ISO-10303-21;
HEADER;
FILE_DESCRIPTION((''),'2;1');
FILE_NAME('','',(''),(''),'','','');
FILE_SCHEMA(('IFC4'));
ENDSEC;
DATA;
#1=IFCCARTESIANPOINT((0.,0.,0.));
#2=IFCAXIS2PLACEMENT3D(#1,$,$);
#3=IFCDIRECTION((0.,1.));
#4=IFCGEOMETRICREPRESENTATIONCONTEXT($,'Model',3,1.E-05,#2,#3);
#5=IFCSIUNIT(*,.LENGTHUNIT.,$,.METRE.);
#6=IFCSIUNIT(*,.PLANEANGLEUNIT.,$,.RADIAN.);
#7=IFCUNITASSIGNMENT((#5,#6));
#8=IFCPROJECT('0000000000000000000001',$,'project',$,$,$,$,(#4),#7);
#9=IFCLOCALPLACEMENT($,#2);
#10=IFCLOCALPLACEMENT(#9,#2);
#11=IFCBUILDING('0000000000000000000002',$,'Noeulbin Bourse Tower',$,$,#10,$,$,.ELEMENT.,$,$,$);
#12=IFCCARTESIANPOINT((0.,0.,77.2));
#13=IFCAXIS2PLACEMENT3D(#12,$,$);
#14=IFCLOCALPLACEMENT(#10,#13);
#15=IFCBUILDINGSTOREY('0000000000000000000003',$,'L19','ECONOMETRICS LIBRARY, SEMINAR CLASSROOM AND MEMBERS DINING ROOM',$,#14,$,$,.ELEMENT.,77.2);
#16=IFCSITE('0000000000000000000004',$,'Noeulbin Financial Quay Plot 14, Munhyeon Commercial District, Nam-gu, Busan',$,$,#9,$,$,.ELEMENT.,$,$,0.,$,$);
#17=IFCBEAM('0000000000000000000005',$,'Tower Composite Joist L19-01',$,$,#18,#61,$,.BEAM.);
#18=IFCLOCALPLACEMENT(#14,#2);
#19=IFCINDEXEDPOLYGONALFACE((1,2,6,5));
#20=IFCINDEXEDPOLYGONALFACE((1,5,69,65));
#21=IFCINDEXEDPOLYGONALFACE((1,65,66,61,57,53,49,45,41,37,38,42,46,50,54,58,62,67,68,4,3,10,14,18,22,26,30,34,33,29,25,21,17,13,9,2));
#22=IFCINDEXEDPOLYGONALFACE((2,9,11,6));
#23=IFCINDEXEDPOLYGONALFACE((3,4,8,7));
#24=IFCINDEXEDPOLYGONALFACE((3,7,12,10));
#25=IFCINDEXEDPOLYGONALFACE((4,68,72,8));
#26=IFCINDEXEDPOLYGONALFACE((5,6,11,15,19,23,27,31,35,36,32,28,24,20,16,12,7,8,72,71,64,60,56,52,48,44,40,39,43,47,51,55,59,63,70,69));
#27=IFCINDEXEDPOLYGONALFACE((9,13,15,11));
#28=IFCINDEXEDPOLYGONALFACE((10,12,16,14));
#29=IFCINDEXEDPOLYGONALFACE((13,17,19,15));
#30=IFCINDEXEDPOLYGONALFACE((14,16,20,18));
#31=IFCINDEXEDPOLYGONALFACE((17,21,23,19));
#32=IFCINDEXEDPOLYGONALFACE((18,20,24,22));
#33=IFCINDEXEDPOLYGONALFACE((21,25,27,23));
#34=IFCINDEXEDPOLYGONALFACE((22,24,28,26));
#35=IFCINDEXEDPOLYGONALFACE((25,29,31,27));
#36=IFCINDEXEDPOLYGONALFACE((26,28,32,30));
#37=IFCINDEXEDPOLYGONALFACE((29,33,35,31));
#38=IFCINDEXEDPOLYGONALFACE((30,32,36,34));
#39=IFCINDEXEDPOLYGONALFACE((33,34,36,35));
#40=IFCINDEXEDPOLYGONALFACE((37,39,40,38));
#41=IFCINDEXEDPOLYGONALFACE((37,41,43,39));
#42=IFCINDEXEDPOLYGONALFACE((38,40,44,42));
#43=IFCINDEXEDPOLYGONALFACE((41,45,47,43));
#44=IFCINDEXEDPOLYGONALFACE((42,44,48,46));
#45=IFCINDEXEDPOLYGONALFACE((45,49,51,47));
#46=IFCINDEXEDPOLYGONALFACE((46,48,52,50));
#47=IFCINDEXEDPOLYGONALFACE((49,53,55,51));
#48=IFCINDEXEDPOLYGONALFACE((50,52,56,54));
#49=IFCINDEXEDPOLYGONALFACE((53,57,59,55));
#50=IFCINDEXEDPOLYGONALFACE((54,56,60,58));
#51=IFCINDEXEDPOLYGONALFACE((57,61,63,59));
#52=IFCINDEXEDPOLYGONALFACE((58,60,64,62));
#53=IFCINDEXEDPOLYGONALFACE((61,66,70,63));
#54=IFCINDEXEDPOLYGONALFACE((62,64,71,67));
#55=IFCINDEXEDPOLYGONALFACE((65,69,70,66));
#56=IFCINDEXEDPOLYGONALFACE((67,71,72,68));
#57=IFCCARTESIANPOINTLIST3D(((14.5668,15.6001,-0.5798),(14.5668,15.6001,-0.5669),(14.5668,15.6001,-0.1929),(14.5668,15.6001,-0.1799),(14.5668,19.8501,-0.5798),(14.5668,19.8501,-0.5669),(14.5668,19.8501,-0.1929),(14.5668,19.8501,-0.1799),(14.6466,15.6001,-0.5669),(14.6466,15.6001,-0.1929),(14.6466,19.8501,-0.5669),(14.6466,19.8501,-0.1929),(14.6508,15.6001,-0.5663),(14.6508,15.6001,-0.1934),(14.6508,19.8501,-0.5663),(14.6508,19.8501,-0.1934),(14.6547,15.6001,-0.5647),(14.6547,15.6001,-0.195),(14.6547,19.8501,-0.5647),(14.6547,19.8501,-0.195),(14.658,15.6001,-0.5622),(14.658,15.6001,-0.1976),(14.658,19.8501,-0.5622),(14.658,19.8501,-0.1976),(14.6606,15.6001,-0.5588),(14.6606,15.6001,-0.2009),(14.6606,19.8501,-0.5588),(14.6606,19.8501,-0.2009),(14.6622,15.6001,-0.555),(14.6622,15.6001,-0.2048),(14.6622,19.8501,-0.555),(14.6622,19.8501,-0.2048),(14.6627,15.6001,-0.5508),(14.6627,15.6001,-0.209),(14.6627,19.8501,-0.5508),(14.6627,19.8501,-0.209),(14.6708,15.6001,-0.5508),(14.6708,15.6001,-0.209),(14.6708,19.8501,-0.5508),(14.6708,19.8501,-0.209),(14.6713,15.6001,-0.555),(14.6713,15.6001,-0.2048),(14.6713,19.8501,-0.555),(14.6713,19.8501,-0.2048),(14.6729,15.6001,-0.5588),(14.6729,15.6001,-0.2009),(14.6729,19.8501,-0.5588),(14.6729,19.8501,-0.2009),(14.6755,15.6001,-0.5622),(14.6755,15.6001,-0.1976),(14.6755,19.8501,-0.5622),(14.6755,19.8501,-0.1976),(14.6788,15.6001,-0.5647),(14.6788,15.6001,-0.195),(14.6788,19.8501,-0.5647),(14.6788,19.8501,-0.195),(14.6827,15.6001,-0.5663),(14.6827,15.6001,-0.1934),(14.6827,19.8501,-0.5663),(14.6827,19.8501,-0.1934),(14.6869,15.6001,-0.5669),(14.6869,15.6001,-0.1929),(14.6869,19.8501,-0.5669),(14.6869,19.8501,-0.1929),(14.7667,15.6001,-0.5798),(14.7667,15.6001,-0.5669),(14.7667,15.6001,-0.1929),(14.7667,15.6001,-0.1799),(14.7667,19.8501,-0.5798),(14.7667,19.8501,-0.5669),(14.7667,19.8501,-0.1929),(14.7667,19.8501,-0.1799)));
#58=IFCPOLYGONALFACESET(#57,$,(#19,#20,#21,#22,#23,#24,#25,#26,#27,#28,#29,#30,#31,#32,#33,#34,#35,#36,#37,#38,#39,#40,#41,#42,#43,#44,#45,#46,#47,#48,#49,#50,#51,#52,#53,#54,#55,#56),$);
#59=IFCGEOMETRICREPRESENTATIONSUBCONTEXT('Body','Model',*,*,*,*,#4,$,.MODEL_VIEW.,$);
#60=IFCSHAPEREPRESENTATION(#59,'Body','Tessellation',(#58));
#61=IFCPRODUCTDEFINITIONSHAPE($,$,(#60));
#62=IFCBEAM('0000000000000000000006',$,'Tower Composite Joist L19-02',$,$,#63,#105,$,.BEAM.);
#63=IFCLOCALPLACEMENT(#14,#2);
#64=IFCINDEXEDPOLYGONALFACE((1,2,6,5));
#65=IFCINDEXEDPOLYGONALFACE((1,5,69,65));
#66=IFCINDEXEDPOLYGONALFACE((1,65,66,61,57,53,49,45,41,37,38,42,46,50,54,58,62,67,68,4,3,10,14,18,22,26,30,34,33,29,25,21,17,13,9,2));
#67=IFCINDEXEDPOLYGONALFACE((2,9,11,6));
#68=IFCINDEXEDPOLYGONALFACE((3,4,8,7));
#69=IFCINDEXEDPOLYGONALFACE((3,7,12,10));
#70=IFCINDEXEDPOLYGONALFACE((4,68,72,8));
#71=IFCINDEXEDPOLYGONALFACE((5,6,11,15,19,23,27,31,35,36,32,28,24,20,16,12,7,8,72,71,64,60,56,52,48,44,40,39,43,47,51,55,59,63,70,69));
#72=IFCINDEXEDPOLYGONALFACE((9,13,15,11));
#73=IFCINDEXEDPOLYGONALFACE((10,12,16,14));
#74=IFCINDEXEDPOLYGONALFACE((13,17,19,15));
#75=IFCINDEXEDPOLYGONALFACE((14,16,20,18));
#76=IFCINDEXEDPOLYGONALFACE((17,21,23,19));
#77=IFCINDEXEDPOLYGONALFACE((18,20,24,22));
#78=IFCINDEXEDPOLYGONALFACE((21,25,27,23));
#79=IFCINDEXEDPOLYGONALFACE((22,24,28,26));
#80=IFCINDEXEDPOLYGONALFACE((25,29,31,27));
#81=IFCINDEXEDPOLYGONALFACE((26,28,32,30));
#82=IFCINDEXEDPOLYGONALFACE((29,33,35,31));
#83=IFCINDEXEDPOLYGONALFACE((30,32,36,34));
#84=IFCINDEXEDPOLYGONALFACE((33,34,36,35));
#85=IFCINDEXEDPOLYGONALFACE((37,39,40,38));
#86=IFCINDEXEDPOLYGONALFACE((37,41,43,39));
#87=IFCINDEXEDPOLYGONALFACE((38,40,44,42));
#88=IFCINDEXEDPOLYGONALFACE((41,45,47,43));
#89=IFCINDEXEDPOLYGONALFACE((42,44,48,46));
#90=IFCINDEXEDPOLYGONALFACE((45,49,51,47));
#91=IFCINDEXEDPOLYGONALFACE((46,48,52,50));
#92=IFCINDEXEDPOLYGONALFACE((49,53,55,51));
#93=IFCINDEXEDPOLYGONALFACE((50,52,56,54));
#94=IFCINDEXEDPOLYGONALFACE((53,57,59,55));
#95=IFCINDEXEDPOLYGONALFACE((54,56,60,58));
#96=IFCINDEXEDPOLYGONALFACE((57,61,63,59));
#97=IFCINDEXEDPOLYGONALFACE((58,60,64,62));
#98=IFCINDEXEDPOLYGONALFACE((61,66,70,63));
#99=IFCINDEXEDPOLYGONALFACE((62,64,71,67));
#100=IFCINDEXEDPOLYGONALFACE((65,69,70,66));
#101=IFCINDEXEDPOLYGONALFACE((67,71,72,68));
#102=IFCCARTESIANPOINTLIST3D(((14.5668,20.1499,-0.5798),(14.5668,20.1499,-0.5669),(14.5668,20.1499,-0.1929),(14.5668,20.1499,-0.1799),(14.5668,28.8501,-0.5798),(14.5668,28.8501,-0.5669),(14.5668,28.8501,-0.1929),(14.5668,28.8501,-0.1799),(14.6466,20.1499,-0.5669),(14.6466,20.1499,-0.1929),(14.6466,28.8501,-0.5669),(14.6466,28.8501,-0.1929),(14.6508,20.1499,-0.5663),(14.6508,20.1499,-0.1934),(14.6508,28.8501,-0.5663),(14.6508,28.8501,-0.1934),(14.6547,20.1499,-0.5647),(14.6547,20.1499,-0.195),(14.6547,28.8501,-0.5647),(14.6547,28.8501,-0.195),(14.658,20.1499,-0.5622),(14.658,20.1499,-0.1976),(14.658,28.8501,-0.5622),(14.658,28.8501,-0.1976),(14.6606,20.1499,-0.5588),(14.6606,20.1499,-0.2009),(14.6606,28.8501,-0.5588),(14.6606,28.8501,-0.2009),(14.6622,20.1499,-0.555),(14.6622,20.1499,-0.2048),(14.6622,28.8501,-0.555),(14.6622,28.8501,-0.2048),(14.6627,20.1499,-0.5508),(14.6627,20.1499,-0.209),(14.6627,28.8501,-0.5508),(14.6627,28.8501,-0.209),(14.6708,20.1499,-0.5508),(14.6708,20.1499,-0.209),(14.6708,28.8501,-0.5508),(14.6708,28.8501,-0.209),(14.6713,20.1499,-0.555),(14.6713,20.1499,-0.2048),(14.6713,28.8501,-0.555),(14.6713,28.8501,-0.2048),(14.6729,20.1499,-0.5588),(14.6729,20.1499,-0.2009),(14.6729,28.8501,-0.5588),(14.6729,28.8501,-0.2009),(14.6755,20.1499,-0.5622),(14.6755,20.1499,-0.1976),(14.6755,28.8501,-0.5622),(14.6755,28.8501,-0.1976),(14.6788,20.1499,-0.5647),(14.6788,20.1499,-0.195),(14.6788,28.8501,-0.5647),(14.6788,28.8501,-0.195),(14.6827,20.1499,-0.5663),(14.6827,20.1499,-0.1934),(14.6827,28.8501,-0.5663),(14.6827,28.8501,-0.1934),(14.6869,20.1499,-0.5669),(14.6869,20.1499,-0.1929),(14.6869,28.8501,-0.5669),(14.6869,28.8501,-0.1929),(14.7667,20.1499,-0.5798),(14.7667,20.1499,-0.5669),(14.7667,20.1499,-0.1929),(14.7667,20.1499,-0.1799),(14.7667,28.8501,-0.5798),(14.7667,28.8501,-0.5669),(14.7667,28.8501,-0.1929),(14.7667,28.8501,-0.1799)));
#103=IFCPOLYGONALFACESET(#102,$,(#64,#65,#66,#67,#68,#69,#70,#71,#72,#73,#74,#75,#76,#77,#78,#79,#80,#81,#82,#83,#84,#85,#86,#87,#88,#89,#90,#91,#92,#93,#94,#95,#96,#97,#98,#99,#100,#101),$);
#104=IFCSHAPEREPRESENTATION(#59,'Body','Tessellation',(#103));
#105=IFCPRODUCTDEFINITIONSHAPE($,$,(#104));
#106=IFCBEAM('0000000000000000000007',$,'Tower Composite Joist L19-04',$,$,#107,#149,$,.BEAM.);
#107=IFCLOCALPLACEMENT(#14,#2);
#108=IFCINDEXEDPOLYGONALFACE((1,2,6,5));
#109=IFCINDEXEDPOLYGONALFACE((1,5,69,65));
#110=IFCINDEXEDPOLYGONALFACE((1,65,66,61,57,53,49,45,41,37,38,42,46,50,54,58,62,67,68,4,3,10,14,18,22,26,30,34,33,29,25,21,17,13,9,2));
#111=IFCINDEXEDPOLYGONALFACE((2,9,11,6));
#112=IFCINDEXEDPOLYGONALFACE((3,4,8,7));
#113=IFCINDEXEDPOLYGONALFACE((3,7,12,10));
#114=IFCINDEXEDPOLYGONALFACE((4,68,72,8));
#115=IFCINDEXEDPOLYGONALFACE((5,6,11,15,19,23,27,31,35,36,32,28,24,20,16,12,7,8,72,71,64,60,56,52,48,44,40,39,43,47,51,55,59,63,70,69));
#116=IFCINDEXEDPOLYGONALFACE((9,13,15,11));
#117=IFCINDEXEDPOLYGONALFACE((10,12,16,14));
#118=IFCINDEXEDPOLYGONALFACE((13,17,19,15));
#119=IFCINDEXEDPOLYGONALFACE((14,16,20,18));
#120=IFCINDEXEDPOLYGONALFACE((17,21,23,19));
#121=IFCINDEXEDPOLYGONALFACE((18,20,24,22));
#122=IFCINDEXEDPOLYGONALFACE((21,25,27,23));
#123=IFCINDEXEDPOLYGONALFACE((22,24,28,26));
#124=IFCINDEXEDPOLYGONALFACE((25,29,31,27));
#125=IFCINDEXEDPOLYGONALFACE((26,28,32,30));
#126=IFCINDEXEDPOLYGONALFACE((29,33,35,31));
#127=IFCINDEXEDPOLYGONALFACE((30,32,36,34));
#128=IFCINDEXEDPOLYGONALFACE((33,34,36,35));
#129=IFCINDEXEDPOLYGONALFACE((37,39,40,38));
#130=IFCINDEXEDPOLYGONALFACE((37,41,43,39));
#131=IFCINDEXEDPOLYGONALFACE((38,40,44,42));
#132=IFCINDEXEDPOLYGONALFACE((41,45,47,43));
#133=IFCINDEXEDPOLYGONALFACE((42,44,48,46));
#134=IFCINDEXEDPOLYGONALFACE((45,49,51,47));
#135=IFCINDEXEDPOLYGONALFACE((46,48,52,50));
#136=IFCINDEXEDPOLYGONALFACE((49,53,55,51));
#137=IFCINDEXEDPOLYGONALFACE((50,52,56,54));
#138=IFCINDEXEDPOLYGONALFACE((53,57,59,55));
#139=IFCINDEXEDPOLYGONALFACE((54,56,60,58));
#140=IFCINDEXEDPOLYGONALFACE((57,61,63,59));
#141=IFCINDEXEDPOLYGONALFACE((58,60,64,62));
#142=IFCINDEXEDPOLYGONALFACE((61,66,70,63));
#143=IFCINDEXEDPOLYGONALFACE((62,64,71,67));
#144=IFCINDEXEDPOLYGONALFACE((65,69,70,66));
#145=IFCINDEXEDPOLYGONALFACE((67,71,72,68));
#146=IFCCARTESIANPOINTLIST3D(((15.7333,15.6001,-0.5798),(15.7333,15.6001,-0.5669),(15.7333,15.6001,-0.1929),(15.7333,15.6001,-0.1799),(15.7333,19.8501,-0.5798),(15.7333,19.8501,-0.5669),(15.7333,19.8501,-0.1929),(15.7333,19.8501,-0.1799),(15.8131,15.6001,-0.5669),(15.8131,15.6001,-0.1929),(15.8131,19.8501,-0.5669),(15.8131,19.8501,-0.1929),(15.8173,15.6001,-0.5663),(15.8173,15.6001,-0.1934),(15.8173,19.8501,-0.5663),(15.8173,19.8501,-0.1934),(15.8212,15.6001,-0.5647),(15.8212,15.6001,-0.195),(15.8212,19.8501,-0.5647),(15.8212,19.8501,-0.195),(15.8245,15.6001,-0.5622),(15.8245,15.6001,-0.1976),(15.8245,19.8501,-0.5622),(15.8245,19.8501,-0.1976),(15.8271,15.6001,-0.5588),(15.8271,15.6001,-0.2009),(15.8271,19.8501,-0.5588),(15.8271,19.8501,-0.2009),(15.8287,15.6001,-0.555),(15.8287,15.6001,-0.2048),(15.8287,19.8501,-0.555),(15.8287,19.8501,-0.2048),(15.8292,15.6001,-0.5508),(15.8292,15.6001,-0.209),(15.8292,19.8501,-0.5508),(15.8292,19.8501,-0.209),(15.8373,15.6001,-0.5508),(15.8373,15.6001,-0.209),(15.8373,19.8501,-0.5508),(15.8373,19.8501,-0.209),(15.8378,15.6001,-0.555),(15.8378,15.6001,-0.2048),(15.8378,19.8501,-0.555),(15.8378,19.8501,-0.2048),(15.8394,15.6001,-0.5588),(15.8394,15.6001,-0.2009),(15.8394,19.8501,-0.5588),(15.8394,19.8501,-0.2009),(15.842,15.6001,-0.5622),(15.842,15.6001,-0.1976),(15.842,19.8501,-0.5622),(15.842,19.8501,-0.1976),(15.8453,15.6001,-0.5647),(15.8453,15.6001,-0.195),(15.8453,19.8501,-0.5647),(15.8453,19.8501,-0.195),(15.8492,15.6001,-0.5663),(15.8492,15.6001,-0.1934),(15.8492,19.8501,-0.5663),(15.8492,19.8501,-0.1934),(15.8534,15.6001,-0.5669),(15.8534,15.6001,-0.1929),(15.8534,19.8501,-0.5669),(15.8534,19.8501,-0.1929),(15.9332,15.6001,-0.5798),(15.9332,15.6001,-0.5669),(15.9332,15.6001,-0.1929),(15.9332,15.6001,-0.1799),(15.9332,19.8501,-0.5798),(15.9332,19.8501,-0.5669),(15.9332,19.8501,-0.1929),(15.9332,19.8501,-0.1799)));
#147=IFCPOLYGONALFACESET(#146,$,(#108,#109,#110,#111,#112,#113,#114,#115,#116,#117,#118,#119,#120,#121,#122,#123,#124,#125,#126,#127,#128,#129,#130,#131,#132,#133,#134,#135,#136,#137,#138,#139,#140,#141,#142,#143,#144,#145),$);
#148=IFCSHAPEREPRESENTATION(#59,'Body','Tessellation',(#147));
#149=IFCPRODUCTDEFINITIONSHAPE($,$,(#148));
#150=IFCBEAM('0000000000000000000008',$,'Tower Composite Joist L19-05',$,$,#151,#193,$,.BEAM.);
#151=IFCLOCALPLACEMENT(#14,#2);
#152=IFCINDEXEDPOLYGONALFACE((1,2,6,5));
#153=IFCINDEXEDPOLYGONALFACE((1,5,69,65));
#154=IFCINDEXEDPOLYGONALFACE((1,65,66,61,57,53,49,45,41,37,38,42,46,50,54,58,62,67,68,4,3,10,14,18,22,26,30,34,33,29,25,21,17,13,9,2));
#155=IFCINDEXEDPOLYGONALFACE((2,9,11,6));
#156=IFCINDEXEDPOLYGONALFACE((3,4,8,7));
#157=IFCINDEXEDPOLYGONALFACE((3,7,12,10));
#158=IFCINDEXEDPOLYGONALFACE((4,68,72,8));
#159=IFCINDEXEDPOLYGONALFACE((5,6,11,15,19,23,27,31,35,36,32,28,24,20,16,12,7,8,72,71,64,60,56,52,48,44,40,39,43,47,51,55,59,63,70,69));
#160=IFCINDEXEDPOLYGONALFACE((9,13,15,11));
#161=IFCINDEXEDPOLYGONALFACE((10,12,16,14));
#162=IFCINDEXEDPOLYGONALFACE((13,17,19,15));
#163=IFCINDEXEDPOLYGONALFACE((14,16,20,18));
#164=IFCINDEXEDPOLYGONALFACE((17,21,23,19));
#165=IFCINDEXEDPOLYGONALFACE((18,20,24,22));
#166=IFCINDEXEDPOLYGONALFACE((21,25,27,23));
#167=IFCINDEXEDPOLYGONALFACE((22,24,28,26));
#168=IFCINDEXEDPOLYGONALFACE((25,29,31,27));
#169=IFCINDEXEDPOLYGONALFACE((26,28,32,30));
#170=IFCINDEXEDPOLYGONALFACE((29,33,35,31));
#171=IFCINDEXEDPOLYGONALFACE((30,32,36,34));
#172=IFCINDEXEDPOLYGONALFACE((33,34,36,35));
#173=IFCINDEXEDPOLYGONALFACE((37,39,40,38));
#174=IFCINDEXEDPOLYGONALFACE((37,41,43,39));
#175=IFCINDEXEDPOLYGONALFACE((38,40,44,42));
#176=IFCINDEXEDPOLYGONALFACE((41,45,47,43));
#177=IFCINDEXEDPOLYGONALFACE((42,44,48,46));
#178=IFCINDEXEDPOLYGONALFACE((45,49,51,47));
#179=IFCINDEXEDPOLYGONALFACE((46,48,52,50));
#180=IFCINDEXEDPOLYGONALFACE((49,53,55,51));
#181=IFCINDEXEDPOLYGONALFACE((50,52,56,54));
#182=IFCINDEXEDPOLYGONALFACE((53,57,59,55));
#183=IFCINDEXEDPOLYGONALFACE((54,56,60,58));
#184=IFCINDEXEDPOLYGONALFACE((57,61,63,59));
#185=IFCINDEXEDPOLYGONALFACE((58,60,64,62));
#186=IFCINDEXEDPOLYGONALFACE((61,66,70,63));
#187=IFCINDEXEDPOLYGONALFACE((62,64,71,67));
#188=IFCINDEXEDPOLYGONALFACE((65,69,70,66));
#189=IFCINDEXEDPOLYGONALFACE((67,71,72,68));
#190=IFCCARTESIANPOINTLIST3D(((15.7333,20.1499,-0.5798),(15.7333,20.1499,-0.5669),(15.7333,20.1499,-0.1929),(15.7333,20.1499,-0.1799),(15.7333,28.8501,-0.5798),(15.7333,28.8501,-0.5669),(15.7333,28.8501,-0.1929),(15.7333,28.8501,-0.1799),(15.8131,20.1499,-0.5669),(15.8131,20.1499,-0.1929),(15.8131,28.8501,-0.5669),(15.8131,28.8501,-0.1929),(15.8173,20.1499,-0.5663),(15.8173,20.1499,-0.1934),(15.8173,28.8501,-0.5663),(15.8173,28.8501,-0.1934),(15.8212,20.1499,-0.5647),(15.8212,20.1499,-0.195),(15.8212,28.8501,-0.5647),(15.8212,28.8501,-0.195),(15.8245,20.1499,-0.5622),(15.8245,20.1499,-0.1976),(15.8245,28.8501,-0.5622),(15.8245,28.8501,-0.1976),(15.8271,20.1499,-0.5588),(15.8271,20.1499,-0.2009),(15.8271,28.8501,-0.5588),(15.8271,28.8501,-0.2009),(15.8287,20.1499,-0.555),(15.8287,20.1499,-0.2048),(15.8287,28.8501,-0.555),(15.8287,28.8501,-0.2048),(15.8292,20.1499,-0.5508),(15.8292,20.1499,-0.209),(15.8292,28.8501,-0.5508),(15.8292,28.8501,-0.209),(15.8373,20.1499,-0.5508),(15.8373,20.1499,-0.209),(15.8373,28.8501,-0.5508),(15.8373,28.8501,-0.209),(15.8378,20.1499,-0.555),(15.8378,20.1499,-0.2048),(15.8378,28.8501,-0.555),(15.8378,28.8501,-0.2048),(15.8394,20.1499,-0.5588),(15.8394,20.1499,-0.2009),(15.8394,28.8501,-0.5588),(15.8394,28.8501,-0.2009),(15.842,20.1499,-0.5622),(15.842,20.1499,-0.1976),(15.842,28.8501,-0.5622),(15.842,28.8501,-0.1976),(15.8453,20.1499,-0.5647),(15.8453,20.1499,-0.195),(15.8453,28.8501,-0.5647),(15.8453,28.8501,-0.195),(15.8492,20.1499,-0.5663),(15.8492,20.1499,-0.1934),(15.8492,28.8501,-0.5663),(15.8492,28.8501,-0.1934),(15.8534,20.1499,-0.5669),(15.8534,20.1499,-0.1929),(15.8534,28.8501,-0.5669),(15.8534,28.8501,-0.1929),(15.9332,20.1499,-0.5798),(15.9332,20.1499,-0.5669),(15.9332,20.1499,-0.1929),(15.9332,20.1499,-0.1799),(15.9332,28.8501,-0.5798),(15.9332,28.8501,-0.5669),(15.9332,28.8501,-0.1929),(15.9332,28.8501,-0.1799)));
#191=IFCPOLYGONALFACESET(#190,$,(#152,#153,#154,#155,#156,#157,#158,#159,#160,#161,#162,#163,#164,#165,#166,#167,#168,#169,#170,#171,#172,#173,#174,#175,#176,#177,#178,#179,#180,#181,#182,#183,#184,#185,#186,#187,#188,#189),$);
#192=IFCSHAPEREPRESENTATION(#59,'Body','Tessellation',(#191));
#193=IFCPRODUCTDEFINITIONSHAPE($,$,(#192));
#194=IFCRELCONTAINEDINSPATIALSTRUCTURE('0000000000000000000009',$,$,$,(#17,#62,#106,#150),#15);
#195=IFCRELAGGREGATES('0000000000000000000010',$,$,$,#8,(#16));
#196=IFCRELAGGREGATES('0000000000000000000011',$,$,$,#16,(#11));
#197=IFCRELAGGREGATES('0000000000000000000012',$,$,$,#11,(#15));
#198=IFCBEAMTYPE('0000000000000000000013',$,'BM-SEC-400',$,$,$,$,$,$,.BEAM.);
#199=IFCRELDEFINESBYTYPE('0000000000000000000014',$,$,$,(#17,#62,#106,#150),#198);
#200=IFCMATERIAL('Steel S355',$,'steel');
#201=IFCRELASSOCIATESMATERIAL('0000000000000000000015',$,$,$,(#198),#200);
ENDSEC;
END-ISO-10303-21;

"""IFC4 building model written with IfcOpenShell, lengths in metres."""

from ifc_helpers import new_model, si_unit, direction, frame, origin, origin_2d, place, context, subcontext, project, spatial, i_section, extrude, material, material_profile, profile_set, type_object, element, save


model = new_model("IFC4")

# Units and contexts
model_context = context("Model", 3, precision=1e-05, world=origin(), true_north=direction((0.0, 1.0)))
body_context = subcontext(model_context, "Body", "Model", "MODEL_VIEW")
ifc_project = project(units=[si_unit("LENGTHUNIT", "METRE"), si_unit("PLANEANGLEUNIT", "RADIAN")], contexts=[model_context])

# Site, building, storey
site_placement = place(None, origin())
site = spatial("IfcSite", under=ifc_project, at=site_placement, Name="Noeulbin Financial Quay Plot 14, Munhyeon Commercial District, Nam-gu, Busan", CompositionType="ELEMENT", RefElevation=0.0)
building_placement = place(site_placement, origin())
building = spatial("IfcBuilding", under=site, at=building_placement, Name="Noeulbin Bourse Tower", CompositionType="ELEMENT")
storey_placement = place(building_placement, frame((0.0, 0.0, 77.2)))
storey = spatial("IfcBuildingStorey", under=building, at=storey_placement, Name="L19", Description="ECONOMETRICS LIBRARY, SEMINAR CLASSROOM AND MEMBERS DINING ROOM", CompositionType="ELEMENT", Elevation=77.2)

# Beams
ifc_material_1 = material(Name="Steel S355", Category="steel")
ifc_material_profile_1 = material_profile(ifc_material_1, i_section(OverallWidth=0.2, OverallDepth=0.3999, WebThickness=0.0081, FlangeThickness=0.0129, FilletRadius=0.0161, at=origin_2d()), Name="H-400x200x8x13", Category="LoadBearing")
ifc_profile_set_1 = profile_set([ifc_material_profile_1], Name="Steel S355")
beam_type_1 = type_object("IfcBeamType", Name="BM-SEC-400", PredefinedType="BEAM", material=ifc_profile_set_1)
beam_1_placement = place(storey_placement, frame((14.6667, 15.6001, -0.3799), z_axis=(0.0, 1.0, 0.0), x_axis=(-1.0, 0.0, 0.0)))
element("IfcBeam", 1, at=beam_1_placement, inside=storey, type_object=beam_type_1, Name="Tower Composite Joist L19-01", PredefinedType="BEAM", context=body_context, shape_type="SweptSolid", body=[
    extrude(i_section(OverallWidth=0.2, OverallDepth=0.3999, WebThickness=0.0081, FlangeThickness=0.0129, FilletRadius=0.0161, at=origin_2d()), origin(), (0.0, 0.0, 1.0), 4.25),
])
beam_2_placement = place(storey_placement, frame((14.6667, 20.1499, -0.3799), z_axis=(0.0, 1.0, 0.0), x_axis=(-1.0, 0.0, 0.0)))
element("IfcBeam", 2, at=beam_2_placement, inside=storey, type_object=beam_type_1, Name="Tower Composite Joist L19-02", PredefinedType="BEAM", context=body_context, shape_type="SweptSolid", body=[
    extrude(i_section(OverallWidth=0.2, OverallDepth=0.3999, WebThickness=0.0081, FlangeThickness=0.0129, FilletRadius=0.0161, at=origin_2d()), origin(), (0.0, 0.0, 1.0), 8.7002),
])
beam_3_placement = place(storey_placement, frame((15.8333, 15.6001, -0.3799), z_axis=(0.0, 1.0, 0.0), x_axis=(-1.0, 0.0, 0.0)))
element("IfcBeam", 3, at=beam_3_placement, inside=storey, type_object=beam_type_1, Name="Tower Composite Joist L19-04", PredefinedType="BEAM", context=body_context, shape_type="SweptSolid", body=[
    extrude(i_section(OverallWidth=0.2, OverallDepth=0.3999, WebThickness=0.0081, FlangeThickness=0.0129, FilletRadius=0.0161, at=origin_2d()), origin(), (0.0, 0.0, 1.0), 4.25),
])
beam_4_placement = place(storey_placement, frame((15.8333, 20.1499, -0.3799), z_axis=(0.0, 1.0, 0.0), x_axis=(-1.0, 0.0, 0.0)))
element("IfcBeam", 4, at=beam_4_placement, inside=storey, type_object=beam_type_1, Name="Tower Composite Joist L19-05", PredefinedType="BEAM", context=body_context, shape_type="SweptSolid", body=[
    extrude(i_section(OverallWidth=0.2, OverallDepth=0.3999, WebThickness=0.0081, FlangeThickness=0.0129, FilletRadius=0.0161, at=origin_2d()), origin(), (0.0, 0.0, 1.0), 8.7002),
])

save(model, "model.ifc")
